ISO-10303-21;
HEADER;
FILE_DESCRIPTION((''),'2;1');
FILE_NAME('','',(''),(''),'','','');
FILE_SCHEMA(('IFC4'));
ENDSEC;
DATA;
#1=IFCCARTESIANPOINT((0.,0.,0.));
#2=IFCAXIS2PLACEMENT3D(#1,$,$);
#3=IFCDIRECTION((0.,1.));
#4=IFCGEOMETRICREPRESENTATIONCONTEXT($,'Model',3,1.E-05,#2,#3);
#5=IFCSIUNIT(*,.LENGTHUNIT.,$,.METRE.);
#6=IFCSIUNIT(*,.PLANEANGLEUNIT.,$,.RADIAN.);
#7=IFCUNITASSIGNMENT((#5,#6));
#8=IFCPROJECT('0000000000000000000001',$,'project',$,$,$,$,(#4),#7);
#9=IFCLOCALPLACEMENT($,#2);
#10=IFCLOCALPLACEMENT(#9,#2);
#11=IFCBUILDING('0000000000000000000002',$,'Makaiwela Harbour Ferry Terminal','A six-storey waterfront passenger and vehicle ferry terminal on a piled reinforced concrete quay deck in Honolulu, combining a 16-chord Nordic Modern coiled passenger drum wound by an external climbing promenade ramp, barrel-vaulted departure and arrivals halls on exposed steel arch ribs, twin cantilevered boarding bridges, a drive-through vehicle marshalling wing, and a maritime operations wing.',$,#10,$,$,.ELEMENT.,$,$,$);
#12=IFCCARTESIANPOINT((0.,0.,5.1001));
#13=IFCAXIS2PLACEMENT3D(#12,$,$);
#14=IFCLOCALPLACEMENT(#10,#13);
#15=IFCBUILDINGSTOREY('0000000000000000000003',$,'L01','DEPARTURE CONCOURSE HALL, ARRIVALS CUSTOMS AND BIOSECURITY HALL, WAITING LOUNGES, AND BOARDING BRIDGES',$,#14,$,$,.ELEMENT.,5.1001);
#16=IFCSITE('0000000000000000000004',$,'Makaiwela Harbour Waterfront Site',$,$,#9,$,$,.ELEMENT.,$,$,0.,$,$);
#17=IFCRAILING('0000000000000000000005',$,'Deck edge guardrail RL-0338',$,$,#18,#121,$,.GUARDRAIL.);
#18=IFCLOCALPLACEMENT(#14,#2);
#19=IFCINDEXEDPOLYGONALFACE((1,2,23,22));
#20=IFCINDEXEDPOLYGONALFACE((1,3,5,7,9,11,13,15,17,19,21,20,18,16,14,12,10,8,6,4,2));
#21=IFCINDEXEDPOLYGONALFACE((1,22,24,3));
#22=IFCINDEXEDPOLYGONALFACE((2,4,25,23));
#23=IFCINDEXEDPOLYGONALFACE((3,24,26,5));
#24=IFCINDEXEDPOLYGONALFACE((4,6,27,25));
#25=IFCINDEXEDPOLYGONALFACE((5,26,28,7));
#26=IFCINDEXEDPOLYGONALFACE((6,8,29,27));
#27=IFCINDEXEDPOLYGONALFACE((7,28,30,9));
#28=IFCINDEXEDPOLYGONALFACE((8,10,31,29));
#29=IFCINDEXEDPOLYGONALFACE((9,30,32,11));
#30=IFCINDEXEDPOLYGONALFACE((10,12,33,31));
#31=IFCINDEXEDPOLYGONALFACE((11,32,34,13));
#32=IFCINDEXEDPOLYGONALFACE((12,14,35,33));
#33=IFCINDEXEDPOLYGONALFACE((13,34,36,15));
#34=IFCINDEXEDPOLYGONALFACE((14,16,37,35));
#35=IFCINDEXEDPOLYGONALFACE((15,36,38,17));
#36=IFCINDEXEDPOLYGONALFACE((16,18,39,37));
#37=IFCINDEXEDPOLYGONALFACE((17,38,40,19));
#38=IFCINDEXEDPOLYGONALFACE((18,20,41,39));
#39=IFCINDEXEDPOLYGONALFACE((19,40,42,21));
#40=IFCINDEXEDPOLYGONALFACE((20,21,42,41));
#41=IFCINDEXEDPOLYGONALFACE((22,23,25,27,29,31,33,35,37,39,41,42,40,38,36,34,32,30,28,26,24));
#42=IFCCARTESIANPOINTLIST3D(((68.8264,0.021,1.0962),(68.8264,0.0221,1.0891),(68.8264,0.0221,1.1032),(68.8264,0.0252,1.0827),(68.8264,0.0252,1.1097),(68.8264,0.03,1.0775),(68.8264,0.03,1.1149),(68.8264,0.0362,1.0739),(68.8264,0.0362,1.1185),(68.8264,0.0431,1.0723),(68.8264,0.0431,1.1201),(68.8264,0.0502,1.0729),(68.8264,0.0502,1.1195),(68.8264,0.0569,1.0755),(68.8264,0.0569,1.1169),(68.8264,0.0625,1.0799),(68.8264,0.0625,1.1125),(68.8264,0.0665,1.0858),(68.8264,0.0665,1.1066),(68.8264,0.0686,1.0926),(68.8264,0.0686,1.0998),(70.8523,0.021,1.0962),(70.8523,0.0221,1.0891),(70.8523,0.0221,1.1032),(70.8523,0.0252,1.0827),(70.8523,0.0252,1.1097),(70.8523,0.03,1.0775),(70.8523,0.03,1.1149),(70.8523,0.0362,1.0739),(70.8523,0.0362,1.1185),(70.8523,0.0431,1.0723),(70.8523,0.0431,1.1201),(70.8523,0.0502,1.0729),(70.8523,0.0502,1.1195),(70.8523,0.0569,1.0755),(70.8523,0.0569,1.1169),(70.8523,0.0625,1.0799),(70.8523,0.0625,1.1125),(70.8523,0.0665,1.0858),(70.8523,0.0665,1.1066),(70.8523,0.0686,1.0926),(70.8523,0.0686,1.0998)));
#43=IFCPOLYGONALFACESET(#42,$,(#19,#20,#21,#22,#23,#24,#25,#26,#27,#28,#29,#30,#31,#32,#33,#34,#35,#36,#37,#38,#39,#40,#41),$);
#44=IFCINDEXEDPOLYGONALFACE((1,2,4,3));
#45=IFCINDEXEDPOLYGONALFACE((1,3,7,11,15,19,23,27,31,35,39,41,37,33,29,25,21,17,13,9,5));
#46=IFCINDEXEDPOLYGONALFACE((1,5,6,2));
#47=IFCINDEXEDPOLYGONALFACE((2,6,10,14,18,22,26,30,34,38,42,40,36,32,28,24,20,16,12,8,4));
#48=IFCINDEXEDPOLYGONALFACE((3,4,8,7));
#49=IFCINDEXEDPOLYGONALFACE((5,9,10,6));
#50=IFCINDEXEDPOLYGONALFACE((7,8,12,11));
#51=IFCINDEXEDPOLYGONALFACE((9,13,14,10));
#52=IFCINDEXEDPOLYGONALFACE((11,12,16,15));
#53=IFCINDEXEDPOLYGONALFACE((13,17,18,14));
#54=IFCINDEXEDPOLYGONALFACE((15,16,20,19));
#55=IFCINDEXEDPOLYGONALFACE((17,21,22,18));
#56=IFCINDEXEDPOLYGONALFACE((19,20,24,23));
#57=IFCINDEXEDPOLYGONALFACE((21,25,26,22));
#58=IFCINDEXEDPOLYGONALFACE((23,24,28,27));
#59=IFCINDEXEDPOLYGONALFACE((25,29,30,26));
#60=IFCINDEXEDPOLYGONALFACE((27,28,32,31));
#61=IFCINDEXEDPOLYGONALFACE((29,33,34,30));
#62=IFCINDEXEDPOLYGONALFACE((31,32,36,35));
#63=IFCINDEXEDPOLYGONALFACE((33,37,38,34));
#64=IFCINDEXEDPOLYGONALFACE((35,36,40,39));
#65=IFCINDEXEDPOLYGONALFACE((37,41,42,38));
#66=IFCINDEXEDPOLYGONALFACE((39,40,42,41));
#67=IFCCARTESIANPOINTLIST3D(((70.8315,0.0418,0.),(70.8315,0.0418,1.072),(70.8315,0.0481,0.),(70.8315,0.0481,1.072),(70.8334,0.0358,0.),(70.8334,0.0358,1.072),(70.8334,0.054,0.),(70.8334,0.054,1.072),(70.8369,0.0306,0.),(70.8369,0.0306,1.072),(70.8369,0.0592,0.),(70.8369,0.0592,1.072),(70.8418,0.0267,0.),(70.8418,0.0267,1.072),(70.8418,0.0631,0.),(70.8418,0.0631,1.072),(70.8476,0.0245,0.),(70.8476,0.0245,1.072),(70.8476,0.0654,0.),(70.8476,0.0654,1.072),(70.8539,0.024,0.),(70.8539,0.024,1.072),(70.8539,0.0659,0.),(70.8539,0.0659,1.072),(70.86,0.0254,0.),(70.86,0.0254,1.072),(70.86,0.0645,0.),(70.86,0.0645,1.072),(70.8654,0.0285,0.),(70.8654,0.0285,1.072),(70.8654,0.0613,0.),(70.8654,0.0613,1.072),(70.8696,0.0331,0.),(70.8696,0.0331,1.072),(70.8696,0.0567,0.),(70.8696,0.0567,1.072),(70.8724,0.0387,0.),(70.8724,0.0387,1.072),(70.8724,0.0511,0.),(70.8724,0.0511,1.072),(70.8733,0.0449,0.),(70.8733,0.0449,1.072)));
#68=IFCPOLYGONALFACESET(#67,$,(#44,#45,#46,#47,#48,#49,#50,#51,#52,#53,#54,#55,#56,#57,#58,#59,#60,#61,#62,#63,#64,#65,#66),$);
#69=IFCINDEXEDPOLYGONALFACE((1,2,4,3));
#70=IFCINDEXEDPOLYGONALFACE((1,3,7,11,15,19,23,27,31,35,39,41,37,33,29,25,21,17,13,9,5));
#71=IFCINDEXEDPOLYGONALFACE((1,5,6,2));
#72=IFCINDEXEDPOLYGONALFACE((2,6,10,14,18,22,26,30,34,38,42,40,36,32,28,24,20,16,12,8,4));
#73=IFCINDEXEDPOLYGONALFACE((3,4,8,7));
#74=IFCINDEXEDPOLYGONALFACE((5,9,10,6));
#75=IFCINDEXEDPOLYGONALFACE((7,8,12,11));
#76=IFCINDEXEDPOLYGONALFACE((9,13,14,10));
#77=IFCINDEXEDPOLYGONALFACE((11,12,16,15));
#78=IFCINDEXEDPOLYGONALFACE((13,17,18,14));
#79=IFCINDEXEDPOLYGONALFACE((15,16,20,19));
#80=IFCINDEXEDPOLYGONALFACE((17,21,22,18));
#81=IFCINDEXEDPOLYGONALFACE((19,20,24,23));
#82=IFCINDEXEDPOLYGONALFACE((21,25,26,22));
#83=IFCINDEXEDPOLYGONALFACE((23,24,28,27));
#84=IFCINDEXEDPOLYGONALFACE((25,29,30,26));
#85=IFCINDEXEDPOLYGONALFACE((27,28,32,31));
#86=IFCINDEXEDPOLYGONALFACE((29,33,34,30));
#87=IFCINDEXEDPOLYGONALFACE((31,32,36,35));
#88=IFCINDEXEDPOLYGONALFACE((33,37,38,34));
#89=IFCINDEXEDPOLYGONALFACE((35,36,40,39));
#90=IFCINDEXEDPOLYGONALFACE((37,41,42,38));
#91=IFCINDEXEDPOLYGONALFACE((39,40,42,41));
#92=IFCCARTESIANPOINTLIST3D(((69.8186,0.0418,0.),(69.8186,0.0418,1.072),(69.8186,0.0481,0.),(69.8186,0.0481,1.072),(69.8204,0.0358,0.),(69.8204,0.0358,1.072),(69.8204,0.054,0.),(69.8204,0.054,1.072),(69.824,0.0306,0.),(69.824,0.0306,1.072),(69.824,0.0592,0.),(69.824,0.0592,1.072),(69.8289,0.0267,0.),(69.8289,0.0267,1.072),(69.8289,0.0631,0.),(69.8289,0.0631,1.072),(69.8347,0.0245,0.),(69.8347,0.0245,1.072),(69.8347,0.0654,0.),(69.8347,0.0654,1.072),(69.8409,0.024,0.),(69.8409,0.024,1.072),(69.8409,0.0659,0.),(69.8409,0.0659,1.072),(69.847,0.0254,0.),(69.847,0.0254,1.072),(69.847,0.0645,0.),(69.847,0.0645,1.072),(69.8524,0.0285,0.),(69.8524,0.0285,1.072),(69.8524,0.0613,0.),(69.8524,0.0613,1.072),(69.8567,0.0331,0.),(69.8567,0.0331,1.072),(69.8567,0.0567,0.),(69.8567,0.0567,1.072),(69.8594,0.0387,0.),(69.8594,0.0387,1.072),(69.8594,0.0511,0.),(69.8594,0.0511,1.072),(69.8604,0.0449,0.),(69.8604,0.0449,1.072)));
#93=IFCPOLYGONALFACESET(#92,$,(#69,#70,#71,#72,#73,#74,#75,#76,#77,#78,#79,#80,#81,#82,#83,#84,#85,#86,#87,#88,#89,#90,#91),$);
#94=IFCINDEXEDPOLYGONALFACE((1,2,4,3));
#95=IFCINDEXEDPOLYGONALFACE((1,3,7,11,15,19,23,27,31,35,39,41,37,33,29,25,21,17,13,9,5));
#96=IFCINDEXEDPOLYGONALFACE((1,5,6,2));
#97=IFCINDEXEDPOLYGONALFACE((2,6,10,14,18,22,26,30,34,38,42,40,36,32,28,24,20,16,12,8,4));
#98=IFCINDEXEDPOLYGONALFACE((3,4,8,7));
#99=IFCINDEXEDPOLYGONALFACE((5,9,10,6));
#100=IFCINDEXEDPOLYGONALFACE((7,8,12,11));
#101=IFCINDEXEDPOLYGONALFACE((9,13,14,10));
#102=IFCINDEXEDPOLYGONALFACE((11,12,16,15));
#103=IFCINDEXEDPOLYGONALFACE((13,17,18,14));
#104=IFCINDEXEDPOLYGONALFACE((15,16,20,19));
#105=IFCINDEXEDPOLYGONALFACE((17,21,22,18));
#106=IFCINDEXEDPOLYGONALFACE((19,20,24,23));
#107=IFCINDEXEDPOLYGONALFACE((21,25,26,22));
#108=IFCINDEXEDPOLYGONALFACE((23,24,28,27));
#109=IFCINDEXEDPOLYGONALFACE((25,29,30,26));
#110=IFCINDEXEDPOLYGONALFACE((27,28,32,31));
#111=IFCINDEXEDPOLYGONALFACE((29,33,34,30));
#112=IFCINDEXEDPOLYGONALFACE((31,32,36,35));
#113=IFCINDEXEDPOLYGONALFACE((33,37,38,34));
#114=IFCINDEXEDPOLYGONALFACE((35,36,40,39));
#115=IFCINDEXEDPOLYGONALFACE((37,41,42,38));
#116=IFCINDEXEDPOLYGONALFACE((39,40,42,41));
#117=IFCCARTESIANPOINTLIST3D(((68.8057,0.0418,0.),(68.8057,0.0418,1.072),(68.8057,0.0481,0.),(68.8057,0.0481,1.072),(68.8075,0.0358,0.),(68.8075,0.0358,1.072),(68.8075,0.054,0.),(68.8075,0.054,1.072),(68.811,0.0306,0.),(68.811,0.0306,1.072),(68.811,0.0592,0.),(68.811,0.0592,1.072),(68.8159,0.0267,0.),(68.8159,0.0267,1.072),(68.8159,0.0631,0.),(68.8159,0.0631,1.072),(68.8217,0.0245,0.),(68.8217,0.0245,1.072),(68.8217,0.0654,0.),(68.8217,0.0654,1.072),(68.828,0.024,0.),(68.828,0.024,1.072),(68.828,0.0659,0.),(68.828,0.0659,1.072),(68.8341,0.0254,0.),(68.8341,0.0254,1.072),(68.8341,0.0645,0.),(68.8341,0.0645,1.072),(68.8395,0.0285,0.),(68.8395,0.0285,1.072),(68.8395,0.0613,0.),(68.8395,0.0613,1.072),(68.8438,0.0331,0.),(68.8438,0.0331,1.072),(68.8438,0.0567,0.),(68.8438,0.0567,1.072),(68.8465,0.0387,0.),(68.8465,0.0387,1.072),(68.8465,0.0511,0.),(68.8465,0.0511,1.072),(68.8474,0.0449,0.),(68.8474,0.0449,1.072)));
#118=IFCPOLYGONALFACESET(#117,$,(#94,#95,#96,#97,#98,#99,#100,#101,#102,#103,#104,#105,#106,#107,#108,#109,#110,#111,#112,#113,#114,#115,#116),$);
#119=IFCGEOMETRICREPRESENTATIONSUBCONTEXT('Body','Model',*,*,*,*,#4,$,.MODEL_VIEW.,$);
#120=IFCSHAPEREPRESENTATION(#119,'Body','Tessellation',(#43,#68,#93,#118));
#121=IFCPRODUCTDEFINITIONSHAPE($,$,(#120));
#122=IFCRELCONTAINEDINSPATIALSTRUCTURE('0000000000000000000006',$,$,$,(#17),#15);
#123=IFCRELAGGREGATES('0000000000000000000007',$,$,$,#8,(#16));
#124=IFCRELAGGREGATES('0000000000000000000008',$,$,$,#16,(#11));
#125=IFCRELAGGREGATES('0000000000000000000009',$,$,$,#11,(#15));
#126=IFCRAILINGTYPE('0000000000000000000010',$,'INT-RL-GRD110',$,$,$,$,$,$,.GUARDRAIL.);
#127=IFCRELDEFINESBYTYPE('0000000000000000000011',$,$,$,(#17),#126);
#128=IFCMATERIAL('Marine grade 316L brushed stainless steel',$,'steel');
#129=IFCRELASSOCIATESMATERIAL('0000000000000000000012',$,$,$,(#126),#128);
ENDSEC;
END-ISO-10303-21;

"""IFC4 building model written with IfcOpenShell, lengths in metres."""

from ifc_helpers import new_model, si_unit, direction, frame, origin, origin_2d, place, context, subcontext, project, spatial, circle, extrude, material, type_object, element, save


model = new_model("IFC4")

# Units and contexts
model_context = context("Model", 3, precision=1e-05, world=origin(), true_north=direction((0.0, 1.0)))
body_context = subcontext(model_context, "Body", "Model", "MODEL_VIEW")
ifc_project = project(units=[si_unit("LENGTHUNIT", "METRE"), si_unit("PLANEANGLEUNIT", "RADIAN")], contexts=[model_context])

# Site, building, storey
site_placement = place(None, origin())
site = spatial("IfcSite", under=ifc_project, at=site_placement, Name="Makaiwela Harbour Waterfront Site", CompositionType="ELEMENT", RefElevation=0.0)
building_placement = place(site_placement, origin())
building = spatial("IfcBuilding", under=site, at=building_placement, Name="Makaiwela Harbour Ferry Terminal", Description="A six-storey waterfront passenger and vehicle ferry terminal on a piled reinforced concrete quay deck in Honolulu, combining a 16-chord Nordic Modern coiled passenger drum wound by an external climbing promenade ramp, barrel-vaulted departure and arrivals halls on exposed steel arch ribs, twin cantilevered boarding bridges, a drive-through vehicle marshalling wing, and a maritime operations wing.", CompositionType="ELEMENT")
storey_placement = place(building_placement, frame((0.0, 0.0, 5.1001)))
storey = spatial("IfcBuildingStorey", under=building, at=storey_placement, Name="L01", Description="DEPARTURE CONCOURSE HALL, ARRIVALS CUSTOMS AND BIOSECURITY HALL, WAITING LOUNGES, AND BOARDING BRIDGES", CompositionType="ELEMENT", Elevation=5.1001)

# Railing
ifc_material_1 = material(Name="Marine grade 316L brushed stainless steel", Category="steel")
railing_type = type_object("IfcRailingType", Name="INT-RL-GRD110", PredefinedType="GUARDRAIL", material=ifc_material_1)
railing_1_placement = place(storey_placement, frame((70.8523, 0.0449, 0.0)))
element("IfcRailing", 1, at=railing_1_placement, inside=storey, type_object=railing_type, Name="Deck edge guardrail RL-0338", PredefinedType="GUARDRAIL", context=body_context, shape_type="SweptSolid", body=[
    extrude(circle(Radius=0.0239, at=origin_2d()), frame((0.0, 0.0, 1.0962), z_axis=(-1.0, 0.0, 0.0), x_axis=(0.0, -1.0, 0.0)), (0.0, 0.0, 1.0), 2.0259),
    extrude(circle(Radius=0.021, at=origin_2d()), origin(), (0.0, 0.0, 1.0), 1.072),
    extrude(circle(Radius=0.021, at=origin_2d()), frame((-1.0129, 0.0, 0.0)), (0.0, 0.0, 1.0), 1.072),
    extrude(circle(Radius=0.021, at=origin_2d()), frame((-2.0259, 0.0, 0.0)), (0.0, 0.0, 1.0), 1.072),
])

save(model, "model.ifc")
